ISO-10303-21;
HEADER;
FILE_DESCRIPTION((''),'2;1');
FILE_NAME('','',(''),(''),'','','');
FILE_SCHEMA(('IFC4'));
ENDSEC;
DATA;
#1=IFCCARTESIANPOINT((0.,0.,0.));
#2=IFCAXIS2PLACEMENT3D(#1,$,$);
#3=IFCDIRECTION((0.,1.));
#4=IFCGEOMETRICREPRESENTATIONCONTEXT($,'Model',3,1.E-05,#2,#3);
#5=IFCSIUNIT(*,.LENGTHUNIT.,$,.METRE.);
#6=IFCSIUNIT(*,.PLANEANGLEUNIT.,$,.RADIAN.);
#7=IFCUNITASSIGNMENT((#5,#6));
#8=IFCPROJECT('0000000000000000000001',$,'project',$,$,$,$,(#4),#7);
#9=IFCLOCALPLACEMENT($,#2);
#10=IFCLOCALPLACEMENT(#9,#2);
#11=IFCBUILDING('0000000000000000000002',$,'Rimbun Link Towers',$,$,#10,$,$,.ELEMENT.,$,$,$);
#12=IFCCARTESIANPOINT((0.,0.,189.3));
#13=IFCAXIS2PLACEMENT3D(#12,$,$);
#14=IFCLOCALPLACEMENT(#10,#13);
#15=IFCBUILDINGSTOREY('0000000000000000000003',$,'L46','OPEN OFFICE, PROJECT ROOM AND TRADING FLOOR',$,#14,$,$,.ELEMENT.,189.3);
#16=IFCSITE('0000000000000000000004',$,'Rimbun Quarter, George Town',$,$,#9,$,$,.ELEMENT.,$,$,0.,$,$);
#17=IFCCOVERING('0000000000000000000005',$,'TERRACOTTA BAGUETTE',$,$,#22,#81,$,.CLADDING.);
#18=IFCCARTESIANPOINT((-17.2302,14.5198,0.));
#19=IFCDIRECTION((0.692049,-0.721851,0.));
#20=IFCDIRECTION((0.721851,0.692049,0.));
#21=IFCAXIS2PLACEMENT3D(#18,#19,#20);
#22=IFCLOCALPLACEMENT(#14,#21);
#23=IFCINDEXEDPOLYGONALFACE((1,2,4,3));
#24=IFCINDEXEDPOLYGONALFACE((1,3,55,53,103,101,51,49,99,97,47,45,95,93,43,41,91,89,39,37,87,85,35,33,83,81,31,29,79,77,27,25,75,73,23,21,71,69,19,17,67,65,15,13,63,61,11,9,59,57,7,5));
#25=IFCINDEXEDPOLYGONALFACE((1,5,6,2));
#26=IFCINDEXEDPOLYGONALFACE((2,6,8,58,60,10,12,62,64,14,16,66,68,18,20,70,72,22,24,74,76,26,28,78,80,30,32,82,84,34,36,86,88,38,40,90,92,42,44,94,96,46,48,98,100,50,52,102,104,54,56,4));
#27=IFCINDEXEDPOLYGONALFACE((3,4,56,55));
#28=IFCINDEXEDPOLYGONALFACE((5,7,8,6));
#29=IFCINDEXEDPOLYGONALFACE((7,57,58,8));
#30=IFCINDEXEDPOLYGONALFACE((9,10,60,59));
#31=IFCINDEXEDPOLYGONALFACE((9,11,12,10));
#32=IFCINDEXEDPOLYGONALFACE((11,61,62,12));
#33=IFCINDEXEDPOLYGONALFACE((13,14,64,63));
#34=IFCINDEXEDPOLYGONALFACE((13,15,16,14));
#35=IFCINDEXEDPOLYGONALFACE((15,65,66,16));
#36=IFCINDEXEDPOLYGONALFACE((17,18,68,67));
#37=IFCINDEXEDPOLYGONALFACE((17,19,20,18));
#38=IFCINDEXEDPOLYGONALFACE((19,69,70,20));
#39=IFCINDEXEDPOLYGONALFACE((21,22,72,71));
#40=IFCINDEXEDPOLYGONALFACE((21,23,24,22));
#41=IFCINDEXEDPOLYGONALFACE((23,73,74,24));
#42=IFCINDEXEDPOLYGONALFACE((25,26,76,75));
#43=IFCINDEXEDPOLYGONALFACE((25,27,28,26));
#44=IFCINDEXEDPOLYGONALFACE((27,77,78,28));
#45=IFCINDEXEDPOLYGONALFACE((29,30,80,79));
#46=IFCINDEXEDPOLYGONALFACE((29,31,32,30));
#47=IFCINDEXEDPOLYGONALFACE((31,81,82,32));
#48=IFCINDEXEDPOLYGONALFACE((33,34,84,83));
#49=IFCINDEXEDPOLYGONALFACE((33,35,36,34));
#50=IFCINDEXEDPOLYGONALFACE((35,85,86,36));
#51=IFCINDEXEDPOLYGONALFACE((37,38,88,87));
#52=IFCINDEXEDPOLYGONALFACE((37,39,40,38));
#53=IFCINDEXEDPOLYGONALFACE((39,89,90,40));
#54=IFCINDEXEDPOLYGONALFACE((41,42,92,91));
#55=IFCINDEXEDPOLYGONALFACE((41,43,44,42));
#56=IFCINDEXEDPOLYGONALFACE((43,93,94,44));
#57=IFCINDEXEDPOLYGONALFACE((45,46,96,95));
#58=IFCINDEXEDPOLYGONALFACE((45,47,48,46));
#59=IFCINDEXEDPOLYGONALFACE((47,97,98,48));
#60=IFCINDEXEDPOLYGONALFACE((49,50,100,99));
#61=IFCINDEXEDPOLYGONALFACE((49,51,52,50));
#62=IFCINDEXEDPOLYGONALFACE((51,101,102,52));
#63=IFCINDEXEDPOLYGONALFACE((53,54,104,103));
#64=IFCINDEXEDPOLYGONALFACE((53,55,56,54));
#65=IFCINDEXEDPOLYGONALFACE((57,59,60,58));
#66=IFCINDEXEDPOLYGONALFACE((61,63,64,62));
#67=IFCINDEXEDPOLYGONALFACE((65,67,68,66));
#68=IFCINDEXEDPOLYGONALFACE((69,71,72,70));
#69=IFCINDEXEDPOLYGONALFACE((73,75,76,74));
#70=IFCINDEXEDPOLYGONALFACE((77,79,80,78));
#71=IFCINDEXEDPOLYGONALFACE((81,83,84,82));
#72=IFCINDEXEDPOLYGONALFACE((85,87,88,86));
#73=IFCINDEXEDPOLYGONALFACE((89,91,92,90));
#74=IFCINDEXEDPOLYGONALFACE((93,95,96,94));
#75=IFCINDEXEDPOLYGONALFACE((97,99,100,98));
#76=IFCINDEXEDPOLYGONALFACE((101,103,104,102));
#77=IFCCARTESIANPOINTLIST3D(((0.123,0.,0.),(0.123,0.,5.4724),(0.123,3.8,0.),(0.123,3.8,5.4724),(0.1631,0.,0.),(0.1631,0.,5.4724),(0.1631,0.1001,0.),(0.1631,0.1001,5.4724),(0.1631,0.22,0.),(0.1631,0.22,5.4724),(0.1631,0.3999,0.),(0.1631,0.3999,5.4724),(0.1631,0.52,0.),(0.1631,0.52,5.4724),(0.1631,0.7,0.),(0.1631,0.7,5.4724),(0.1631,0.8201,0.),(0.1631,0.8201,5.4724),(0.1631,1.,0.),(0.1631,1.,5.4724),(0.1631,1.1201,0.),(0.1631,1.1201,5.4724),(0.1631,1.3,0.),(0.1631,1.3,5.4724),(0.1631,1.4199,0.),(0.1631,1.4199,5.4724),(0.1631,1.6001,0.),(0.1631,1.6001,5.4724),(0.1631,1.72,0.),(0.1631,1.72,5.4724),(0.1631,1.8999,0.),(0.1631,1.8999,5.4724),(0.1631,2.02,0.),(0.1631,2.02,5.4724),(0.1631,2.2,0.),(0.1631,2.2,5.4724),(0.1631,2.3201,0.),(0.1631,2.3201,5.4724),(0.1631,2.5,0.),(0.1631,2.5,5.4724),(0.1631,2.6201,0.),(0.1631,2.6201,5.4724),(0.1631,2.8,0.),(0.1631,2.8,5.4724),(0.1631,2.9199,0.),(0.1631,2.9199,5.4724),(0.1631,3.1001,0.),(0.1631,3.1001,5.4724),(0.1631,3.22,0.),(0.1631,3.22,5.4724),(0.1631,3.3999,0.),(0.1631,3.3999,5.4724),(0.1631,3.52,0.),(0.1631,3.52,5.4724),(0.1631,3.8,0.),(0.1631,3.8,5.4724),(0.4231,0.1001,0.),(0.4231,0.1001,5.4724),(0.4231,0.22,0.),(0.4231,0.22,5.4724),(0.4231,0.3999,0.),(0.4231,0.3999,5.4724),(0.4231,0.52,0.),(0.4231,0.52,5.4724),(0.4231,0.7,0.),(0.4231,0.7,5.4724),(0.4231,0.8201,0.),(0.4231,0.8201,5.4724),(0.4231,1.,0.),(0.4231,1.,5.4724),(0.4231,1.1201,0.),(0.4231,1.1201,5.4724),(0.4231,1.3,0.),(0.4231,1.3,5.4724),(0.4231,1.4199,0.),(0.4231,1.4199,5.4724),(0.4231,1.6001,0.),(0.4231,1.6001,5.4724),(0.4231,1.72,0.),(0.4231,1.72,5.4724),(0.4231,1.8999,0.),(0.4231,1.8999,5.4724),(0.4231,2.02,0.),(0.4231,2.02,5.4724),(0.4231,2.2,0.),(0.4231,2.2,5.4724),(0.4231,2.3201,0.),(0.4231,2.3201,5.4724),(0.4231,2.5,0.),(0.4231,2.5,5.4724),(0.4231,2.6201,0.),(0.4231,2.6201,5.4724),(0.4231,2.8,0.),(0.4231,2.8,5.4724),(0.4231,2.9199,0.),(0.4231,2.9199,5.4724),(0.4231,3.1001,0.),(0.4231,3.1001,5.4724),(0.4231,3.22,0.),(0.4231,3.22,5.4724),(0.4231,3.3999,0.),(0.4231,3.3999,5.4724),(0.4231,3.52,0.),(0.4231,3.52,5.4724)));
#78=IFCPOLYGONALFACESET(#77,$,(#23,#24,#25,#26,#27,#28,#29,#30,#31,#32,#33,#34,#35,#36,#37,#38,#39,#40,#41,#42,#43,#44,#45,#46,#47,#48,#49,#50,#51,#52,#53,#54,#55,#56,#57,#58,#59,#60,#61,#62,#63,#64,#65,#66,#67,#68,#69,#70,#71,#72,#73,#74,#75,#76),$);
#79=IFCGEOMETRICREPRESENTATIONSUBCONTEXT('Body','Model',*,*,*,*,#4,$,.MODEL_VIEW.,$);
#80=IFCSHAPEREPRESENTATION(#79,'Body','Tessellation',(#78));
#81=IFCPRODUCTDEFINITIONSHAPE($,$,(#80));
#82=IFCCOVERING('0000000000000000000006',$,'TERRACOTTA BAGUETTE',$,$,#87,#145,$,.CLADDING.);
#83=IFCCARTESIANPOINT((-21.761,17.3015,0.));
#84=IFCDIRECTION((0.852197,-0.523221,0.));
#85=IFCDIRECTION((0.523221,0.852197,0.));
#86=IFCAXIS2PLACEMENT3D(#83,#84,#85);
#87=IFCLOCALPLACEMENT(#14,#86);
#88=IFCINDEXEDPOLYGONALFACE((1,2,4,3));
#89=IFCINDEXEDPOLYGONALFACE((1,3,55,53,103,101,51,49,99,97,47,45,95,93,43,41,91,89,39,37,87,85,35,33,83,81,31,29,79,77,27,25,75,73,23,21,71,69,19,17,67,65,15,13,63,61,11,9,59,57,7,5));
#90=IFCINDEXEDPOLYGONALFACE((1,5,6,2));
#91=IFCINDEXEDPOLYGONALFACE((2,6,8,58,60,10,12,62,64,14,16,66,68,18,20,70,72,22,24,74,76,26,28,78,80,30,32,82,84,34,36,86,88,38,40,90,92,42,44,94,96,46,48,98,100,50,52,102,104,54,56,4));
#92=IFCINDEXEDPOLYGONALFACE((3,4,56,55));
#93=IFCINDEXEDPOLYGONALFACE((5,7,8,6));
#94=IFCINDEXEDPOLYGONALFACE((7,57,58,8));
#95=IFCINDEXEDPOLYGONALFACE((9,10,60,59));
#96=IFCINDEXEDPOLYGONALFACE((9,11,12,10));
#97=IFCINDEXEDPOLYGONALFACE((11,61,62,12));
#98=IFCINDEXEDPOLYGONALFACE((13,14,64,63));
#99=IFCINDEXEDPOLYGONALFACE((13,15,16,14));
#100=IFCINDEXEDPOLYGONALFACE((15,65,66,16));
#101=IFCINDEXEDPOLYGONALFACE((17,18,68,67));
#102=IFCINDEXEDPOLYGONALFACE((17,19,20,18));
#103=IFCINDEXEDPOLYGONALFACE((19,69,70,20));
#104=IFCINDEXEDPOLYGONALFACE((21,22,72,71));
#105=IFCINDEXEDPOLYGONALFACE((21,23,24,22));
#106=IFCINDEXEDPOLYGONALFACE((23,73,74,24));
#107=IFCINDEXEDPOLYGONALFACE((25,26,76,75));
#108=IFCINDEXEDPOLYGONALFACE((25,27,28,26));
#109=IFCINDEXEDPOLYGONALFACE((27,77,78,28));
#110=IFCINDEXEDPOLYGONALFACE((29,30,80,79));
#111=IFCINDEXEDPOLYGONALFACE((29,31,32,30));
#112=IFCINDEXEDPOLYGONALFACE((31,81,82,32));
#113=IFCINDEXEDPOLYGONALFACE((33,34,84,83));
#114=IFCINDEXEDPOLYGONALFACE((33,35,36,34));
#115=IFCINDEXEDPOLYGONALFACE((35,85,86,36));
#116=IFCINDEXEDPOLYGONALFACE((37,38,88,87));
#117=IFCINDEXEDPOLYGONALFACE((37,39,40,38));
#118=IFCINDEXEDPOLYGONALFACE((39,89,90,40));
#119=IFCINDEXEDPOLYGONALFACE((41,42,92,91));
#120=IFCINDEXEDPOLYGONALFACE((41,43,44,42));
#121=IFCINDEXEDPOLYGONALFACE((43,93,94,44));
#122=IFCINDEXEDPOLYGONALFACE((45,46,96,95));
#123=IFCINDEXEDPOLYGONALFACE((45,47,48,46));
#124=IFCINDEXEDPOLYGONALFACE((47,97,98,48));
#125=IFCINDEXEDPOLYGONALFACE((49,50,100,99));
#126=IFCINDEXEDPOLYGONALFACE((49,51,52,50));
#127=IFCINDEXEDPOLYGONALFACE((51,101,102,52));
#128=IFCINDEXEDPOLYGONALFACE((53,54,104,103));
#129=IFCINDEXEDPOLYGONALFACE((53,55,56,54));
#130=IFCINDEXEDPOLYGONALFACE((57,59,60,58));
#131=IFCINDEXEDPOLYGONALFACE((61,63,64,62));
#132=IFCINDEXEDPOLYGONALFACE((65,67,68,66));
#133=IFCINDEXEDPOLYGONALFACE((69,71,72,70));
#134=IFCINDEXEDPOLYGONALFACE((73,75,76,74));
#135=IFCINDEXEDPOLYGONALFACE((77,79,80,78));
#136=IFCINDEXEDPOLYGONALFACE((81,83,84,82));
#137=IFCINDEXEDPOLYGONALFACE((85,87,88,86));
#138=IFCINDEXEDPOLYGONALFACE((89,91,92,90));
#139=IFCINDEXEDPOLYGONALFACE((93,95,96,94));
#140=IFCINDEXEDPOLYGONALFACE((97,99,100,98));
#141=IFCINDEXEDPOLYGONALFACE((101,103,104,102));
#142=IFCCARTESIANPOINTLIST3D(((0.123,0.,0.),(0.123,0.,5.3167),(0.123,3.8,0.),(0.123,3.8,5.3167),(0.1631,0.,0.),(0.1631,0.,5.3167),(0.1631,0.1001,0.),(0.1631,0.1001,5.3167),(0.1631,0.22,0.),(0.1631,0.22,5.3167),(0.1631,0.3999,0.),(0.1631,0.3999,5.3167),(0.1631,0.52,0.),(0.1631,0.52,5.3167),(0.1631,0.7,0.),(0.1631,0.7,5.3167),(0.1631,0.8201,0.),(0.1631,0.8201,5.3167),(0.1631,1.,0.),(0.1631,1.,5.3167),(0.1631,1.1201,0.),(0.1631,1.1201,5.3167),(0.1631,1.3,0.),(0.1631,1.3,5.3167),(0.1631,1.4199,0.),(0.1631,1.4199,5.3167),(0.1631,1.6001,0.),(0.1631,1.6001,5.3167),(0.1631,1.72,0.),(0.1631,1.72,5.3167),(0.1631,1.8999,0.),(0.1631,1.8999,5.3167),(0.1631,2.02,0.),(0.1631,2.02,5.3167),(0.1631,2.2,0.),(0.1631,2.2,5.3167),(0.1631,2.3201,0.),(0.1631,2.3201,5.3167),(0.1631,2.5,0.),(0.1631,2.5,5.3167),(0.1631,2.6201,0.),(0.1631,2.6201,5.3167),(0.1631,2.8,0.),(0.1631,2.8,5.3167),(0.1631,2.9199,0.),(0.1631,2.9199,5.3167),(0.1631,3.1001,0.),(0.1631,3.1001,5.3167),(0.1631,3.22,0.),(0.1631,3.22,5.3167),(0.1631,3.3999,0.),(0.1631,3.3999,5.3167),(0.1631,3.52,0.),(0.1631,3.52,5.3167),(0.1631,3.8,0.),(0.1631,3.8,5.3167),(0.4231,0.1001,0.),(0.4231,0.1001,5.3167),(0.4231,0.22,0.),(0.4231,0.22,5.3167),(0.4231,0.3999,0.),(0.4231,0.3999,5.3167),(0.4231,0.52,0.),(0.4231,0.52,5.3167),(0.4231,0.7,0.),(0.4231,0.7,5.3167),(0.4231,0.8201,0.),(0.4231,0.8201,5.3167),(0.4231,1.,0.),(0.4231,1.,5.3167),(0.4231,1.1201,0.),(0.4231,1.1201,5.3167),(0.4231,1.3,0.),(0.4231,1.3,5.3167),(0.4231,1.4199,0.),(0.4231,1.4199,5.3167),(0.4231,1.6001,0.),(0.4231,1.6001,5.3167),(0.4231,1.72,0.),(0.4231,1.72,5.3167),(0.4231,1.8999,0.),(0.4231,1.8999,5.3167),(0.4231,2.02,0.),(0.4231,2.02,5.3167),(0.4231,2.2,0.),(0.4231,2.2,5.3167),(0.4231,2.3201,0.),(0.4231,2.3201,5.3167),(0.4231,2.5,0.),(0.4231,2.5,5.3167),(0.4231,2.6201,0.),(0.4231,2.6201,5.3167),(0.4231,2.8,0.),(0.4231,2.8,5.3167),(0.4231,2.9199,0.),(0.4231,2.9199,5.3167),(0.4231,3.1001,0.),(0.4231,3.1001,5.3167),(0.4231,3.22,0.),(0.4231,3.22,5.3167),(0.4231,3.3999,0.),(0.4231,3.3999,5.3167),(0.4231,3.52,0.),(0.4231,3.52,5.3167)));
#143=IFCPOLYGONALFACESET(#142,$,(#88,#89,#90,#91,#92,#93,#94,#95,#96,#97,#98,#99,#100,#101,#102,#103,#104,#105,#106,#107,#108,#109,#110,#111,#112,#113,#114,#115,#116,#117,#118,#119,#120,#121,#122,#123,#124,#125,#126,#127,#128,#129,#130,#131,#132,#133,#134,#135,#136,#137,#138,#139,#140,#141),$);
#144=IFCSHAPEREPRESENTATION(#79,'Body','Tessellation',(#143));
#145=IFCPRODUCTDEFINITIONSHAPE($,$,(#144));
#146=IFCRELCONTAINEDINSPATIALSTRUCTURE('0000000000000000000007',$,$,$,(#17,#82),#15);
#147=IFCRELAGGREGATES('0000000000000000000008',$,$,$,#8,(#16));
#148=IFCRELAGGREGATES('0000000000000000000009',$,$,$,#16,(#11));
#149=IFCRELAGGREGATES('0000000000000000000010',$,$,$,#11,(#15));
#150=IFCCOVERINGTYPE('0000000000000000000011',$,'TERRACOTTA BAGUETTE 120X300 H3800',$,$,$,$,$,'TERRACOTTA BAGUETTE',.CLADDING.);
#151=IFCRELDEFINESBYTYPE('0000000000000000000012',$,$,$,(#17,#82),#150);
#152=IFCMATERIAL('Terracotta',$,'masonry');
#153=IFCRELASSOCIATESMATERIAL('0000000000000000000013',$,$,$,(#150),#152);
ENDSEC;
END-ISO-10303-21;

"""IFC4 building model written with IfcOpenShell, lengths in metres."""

from ifc_helpers import new_model, si_unit, direction, frame, origin, place, context, subcontext, project, spatial, polyline, outline, extrude, material, material_profile, profile_set, type_object, element, save


model = new_model("IFC4")

# Units and contexts
model_context = context("Model", 3, precision=1e-05, world=origin(), true_north=direction((0.0, 1.0)))
body_context = subcontext(model_context, "Body", "Model", "MODEL_VIEW")
ifc_project = project(units=[si_unit("LENGTHUNIT", "METRE"), si_unit("PLANEANGLEUNIT", "RADIAN")], contexts=[model_context])

# Site, building, storey
site_placement = place(None, origin())
site = spatial("IfcSite", under=ifc_project, at=site_placement, Name="Rimbun Quarter, George Town", CompositionType="ELEMENT", RefElevation=0.0)
building_placement = place(site_placement, origin())
building = spatial("IfcBuilding", under=site, at=building_placement, Name="Rimbun Link Towers", CompositionType="ELEMENT")
storey_placement = place(building_placement, frame((0.0, 0.0, 189.3)))
storey = spatial("IfcBuildingStorey", under=building, at=storey_placement, Name="L46", Description="OPEN OFFICE, PROJECT ROOM AND TRADING FLOOR", CompositionType="ELEMENT", Elevation=189.3)

# Coverings
ifc_material_1 = material(Name="Terracotta", Category="masonry")
ifc_material_profile_1 = material_profile(ifc_material_1, outline(polyline([(0.123, 0.0), (0.1631, 0.0), (0.1631, 0.1001), (0.4231, 0.1001), (0.4231, 0.22), (0.1631, 0.22), (0.1631, 0.3999), (0.4231, 0.3999), (0.4231, 0.52), (0.1631, 0.52), (0.1631, 0.7), (0.4231, 0.7), (0.4231, 0.8201), (0.1631, 0.8201), (0.1631, 1.0), (0.4231, 1.0), (0.4231, 1.1201), (0.1631, 1.1201), (0.1631, 1.3), (0.4231, 1.3), (0.4231, 1.4199), (0.1631, 1.4199), (0.1631, 1.6001), (0.4231, 1.6001), (0.4231, 1.72), (0.1631, 1.72), (0.1631, 1.8999), (0.4231, 1.8999), (0.4231, 2.02), (0.1631, 2.02), (0.1631, 2.2), (0.4231, 2.2), (0.4231, 2.3201), (0.1631, 2.3201), (0.1631, 2.5), (0.4231, 2.5), (0.4231, 2.6201), (0.1631, 2.6201), (0.1631, 2.8), (0.4231, 2.8), (0.4231, 2.9199), (0.1631, 2.9199), (0.1631, 3.1001), (0.4231, 3.1001), (0.4231, 3.22), (0.1631, 3.22), (0.1631, 3.3999), (0.4231, 3.3999), (0.4231, 3.52), (0.1631, 3.52), (0.1631, 3.8), (0.123, 3.8), (0.123, 0.0)])), Name="BAGUETTE 120X300")
ifc_profile_set_1 = profile_set([ifc_material_profile_1], Name="Terracotta")
covering_type = type_object("IfcCoveringType", Name="TERRACOTTA BAGUETTE 120X300 H3800", ElementType="TERRACOTTA BAGUETTE", PredefinedType="CLADDING", material=ifc_profile_set_1)
covering_1_placement = place(storey_placement, frame((-17.2302, 14.5198, 0.0), z_axis=(0.692049, -0.721851, 0.0), x_axis=(0.721851, 0.692049, 0.0)))
element("IfcCovering", 1, at=covering_1_placement, inside=storey, type_object=covering_type, Name="TERRACOTTA BAGUETTE", PredefinedType="CLADDING", context=body_context, shape_type="SweptSolid", body=[
    extrude(outline(polyline([(0.123, 0.0), (0.1631, 0.0), (0.1631, 0.1001), (0.4231, 0.1001), (0.4231, 0.22), (0.1631, 0.22), (0.1631, 0.3999), (0.4231, 0.3999), (0.4231, 0.52), (0.1631, 0.52), (0.1631, 0.7), (0.4231, 0.7), (0.4231, 0.8201), (0.1631, 0.8201), (0.1631, 1.0), (0.4231, 1.0), (0.4231, 1.1201), (0.1631, 1.1201), (0.1631, 1.3), (0.4231, 1.3), (0.4231, 1.4199), (0.1631, 1.4199), (0.1631, 1.6001), (0.4231, 1.6001), (0.4231, 1.72), (0.1631, 1.72), (0.1631, 1.8999), (0.4231, 1.8999), (0.4231, 2.02), (0.1631, 2.02), (0.1631, 2.2), (0.4231, 2.2), (0.4231, 2.3201), (0.1631, 2.3201), (0.1631, 2.5), (0.4231, 2.5), (0.4231, 2.6201), (0.1631, 2.6201), (0.1631, 2.8), (0.4231, 2.8), (0.4231, 2.9199), (0.1631, 2.9199), (0.1631, 3.1001), (0.4231, 3.1001), (0.4231, 3.22), (0.1631, 3.22), (0.1631, 3.3999), (0.4231, 3.3999), (0.4231, 3.52), (0.1631, 3.52), (0.1631, 3.8), (0.123, 3.8), (0.123, 0.0)])), origin(), (0.0, 0.0, 1.0), 5.4724),
])
covering_2_placement = place(storey_placement, frame((-21.761, 17.3015, 0.0), z_axis=(0.852197, -0.523221, 0.0), x_axis=(0.523221, 0.852197, 0.0)))
element("IfcCovering", 2, at=covering_2_placement, inside=storey, type_object=covering_type, Name="TERRACOTTA BAGUETTE", PredefinedType="CLADDING", context=body_context, shape_type="SweptSolid", body=[
    extrude(outline(polyline([(0.123, 0.0), (0.1631, 0.0), (0.1631, 0.1001), (0.4231, 0.1001), (0.4231, 0.22), (0.1631, 0.22), (0.1631, 0.3999), (0.4231, 0.3999), (0.4231, 0.52), (0.1631, 0.52), (0.1631, 0.7), (0.4231, 0.7), (0.4231, 0.8201), (0.1631, 0.8201), (0.1631, 1.0), (0.4231, 1.0), (0.4231, 1.1201), (0.1631, 1.1201), (0.1631, 1.3), (0.4231, 1.3), (0.4231, 1.4199), (0.1631, 1.4199), (0.1631, 1.6001), (0.4231, 1.6001), (0.4231, 1.72), (0.1631, 1.72), (0.1631, 1.8999), (0.4231, 1.8999), (0.4231, 2.02), (0.1631, 2.02), (0.1631, 2.2), (0.4231, 2.2), (0.4231, 2.3201), (0.1631, 2.3201), (0.1631, 2.5), (0.4231, 2.5), (0.4231, 2.6201), (0.1631, 2.6201), (0.1631, 2.8), (0.4231, 2.8), (0.4231, 2.9199), (0.1631, 2.9199), (0.1631, 3.1001), (0.4231, 3.1001), (0.4231, 3.22), (0.1631, 3.22), (0.1631, 3.3999), (0.4231, 3.3999), (0.4231, 3.52), (0.1631, 3.52), (0.1631, 3.8), (0.123, 3.8), (0.123, 0.0)])), origin(), (0.0, 0.0, 1.0), 5.3167),
])

save(model, "model.ifc")
